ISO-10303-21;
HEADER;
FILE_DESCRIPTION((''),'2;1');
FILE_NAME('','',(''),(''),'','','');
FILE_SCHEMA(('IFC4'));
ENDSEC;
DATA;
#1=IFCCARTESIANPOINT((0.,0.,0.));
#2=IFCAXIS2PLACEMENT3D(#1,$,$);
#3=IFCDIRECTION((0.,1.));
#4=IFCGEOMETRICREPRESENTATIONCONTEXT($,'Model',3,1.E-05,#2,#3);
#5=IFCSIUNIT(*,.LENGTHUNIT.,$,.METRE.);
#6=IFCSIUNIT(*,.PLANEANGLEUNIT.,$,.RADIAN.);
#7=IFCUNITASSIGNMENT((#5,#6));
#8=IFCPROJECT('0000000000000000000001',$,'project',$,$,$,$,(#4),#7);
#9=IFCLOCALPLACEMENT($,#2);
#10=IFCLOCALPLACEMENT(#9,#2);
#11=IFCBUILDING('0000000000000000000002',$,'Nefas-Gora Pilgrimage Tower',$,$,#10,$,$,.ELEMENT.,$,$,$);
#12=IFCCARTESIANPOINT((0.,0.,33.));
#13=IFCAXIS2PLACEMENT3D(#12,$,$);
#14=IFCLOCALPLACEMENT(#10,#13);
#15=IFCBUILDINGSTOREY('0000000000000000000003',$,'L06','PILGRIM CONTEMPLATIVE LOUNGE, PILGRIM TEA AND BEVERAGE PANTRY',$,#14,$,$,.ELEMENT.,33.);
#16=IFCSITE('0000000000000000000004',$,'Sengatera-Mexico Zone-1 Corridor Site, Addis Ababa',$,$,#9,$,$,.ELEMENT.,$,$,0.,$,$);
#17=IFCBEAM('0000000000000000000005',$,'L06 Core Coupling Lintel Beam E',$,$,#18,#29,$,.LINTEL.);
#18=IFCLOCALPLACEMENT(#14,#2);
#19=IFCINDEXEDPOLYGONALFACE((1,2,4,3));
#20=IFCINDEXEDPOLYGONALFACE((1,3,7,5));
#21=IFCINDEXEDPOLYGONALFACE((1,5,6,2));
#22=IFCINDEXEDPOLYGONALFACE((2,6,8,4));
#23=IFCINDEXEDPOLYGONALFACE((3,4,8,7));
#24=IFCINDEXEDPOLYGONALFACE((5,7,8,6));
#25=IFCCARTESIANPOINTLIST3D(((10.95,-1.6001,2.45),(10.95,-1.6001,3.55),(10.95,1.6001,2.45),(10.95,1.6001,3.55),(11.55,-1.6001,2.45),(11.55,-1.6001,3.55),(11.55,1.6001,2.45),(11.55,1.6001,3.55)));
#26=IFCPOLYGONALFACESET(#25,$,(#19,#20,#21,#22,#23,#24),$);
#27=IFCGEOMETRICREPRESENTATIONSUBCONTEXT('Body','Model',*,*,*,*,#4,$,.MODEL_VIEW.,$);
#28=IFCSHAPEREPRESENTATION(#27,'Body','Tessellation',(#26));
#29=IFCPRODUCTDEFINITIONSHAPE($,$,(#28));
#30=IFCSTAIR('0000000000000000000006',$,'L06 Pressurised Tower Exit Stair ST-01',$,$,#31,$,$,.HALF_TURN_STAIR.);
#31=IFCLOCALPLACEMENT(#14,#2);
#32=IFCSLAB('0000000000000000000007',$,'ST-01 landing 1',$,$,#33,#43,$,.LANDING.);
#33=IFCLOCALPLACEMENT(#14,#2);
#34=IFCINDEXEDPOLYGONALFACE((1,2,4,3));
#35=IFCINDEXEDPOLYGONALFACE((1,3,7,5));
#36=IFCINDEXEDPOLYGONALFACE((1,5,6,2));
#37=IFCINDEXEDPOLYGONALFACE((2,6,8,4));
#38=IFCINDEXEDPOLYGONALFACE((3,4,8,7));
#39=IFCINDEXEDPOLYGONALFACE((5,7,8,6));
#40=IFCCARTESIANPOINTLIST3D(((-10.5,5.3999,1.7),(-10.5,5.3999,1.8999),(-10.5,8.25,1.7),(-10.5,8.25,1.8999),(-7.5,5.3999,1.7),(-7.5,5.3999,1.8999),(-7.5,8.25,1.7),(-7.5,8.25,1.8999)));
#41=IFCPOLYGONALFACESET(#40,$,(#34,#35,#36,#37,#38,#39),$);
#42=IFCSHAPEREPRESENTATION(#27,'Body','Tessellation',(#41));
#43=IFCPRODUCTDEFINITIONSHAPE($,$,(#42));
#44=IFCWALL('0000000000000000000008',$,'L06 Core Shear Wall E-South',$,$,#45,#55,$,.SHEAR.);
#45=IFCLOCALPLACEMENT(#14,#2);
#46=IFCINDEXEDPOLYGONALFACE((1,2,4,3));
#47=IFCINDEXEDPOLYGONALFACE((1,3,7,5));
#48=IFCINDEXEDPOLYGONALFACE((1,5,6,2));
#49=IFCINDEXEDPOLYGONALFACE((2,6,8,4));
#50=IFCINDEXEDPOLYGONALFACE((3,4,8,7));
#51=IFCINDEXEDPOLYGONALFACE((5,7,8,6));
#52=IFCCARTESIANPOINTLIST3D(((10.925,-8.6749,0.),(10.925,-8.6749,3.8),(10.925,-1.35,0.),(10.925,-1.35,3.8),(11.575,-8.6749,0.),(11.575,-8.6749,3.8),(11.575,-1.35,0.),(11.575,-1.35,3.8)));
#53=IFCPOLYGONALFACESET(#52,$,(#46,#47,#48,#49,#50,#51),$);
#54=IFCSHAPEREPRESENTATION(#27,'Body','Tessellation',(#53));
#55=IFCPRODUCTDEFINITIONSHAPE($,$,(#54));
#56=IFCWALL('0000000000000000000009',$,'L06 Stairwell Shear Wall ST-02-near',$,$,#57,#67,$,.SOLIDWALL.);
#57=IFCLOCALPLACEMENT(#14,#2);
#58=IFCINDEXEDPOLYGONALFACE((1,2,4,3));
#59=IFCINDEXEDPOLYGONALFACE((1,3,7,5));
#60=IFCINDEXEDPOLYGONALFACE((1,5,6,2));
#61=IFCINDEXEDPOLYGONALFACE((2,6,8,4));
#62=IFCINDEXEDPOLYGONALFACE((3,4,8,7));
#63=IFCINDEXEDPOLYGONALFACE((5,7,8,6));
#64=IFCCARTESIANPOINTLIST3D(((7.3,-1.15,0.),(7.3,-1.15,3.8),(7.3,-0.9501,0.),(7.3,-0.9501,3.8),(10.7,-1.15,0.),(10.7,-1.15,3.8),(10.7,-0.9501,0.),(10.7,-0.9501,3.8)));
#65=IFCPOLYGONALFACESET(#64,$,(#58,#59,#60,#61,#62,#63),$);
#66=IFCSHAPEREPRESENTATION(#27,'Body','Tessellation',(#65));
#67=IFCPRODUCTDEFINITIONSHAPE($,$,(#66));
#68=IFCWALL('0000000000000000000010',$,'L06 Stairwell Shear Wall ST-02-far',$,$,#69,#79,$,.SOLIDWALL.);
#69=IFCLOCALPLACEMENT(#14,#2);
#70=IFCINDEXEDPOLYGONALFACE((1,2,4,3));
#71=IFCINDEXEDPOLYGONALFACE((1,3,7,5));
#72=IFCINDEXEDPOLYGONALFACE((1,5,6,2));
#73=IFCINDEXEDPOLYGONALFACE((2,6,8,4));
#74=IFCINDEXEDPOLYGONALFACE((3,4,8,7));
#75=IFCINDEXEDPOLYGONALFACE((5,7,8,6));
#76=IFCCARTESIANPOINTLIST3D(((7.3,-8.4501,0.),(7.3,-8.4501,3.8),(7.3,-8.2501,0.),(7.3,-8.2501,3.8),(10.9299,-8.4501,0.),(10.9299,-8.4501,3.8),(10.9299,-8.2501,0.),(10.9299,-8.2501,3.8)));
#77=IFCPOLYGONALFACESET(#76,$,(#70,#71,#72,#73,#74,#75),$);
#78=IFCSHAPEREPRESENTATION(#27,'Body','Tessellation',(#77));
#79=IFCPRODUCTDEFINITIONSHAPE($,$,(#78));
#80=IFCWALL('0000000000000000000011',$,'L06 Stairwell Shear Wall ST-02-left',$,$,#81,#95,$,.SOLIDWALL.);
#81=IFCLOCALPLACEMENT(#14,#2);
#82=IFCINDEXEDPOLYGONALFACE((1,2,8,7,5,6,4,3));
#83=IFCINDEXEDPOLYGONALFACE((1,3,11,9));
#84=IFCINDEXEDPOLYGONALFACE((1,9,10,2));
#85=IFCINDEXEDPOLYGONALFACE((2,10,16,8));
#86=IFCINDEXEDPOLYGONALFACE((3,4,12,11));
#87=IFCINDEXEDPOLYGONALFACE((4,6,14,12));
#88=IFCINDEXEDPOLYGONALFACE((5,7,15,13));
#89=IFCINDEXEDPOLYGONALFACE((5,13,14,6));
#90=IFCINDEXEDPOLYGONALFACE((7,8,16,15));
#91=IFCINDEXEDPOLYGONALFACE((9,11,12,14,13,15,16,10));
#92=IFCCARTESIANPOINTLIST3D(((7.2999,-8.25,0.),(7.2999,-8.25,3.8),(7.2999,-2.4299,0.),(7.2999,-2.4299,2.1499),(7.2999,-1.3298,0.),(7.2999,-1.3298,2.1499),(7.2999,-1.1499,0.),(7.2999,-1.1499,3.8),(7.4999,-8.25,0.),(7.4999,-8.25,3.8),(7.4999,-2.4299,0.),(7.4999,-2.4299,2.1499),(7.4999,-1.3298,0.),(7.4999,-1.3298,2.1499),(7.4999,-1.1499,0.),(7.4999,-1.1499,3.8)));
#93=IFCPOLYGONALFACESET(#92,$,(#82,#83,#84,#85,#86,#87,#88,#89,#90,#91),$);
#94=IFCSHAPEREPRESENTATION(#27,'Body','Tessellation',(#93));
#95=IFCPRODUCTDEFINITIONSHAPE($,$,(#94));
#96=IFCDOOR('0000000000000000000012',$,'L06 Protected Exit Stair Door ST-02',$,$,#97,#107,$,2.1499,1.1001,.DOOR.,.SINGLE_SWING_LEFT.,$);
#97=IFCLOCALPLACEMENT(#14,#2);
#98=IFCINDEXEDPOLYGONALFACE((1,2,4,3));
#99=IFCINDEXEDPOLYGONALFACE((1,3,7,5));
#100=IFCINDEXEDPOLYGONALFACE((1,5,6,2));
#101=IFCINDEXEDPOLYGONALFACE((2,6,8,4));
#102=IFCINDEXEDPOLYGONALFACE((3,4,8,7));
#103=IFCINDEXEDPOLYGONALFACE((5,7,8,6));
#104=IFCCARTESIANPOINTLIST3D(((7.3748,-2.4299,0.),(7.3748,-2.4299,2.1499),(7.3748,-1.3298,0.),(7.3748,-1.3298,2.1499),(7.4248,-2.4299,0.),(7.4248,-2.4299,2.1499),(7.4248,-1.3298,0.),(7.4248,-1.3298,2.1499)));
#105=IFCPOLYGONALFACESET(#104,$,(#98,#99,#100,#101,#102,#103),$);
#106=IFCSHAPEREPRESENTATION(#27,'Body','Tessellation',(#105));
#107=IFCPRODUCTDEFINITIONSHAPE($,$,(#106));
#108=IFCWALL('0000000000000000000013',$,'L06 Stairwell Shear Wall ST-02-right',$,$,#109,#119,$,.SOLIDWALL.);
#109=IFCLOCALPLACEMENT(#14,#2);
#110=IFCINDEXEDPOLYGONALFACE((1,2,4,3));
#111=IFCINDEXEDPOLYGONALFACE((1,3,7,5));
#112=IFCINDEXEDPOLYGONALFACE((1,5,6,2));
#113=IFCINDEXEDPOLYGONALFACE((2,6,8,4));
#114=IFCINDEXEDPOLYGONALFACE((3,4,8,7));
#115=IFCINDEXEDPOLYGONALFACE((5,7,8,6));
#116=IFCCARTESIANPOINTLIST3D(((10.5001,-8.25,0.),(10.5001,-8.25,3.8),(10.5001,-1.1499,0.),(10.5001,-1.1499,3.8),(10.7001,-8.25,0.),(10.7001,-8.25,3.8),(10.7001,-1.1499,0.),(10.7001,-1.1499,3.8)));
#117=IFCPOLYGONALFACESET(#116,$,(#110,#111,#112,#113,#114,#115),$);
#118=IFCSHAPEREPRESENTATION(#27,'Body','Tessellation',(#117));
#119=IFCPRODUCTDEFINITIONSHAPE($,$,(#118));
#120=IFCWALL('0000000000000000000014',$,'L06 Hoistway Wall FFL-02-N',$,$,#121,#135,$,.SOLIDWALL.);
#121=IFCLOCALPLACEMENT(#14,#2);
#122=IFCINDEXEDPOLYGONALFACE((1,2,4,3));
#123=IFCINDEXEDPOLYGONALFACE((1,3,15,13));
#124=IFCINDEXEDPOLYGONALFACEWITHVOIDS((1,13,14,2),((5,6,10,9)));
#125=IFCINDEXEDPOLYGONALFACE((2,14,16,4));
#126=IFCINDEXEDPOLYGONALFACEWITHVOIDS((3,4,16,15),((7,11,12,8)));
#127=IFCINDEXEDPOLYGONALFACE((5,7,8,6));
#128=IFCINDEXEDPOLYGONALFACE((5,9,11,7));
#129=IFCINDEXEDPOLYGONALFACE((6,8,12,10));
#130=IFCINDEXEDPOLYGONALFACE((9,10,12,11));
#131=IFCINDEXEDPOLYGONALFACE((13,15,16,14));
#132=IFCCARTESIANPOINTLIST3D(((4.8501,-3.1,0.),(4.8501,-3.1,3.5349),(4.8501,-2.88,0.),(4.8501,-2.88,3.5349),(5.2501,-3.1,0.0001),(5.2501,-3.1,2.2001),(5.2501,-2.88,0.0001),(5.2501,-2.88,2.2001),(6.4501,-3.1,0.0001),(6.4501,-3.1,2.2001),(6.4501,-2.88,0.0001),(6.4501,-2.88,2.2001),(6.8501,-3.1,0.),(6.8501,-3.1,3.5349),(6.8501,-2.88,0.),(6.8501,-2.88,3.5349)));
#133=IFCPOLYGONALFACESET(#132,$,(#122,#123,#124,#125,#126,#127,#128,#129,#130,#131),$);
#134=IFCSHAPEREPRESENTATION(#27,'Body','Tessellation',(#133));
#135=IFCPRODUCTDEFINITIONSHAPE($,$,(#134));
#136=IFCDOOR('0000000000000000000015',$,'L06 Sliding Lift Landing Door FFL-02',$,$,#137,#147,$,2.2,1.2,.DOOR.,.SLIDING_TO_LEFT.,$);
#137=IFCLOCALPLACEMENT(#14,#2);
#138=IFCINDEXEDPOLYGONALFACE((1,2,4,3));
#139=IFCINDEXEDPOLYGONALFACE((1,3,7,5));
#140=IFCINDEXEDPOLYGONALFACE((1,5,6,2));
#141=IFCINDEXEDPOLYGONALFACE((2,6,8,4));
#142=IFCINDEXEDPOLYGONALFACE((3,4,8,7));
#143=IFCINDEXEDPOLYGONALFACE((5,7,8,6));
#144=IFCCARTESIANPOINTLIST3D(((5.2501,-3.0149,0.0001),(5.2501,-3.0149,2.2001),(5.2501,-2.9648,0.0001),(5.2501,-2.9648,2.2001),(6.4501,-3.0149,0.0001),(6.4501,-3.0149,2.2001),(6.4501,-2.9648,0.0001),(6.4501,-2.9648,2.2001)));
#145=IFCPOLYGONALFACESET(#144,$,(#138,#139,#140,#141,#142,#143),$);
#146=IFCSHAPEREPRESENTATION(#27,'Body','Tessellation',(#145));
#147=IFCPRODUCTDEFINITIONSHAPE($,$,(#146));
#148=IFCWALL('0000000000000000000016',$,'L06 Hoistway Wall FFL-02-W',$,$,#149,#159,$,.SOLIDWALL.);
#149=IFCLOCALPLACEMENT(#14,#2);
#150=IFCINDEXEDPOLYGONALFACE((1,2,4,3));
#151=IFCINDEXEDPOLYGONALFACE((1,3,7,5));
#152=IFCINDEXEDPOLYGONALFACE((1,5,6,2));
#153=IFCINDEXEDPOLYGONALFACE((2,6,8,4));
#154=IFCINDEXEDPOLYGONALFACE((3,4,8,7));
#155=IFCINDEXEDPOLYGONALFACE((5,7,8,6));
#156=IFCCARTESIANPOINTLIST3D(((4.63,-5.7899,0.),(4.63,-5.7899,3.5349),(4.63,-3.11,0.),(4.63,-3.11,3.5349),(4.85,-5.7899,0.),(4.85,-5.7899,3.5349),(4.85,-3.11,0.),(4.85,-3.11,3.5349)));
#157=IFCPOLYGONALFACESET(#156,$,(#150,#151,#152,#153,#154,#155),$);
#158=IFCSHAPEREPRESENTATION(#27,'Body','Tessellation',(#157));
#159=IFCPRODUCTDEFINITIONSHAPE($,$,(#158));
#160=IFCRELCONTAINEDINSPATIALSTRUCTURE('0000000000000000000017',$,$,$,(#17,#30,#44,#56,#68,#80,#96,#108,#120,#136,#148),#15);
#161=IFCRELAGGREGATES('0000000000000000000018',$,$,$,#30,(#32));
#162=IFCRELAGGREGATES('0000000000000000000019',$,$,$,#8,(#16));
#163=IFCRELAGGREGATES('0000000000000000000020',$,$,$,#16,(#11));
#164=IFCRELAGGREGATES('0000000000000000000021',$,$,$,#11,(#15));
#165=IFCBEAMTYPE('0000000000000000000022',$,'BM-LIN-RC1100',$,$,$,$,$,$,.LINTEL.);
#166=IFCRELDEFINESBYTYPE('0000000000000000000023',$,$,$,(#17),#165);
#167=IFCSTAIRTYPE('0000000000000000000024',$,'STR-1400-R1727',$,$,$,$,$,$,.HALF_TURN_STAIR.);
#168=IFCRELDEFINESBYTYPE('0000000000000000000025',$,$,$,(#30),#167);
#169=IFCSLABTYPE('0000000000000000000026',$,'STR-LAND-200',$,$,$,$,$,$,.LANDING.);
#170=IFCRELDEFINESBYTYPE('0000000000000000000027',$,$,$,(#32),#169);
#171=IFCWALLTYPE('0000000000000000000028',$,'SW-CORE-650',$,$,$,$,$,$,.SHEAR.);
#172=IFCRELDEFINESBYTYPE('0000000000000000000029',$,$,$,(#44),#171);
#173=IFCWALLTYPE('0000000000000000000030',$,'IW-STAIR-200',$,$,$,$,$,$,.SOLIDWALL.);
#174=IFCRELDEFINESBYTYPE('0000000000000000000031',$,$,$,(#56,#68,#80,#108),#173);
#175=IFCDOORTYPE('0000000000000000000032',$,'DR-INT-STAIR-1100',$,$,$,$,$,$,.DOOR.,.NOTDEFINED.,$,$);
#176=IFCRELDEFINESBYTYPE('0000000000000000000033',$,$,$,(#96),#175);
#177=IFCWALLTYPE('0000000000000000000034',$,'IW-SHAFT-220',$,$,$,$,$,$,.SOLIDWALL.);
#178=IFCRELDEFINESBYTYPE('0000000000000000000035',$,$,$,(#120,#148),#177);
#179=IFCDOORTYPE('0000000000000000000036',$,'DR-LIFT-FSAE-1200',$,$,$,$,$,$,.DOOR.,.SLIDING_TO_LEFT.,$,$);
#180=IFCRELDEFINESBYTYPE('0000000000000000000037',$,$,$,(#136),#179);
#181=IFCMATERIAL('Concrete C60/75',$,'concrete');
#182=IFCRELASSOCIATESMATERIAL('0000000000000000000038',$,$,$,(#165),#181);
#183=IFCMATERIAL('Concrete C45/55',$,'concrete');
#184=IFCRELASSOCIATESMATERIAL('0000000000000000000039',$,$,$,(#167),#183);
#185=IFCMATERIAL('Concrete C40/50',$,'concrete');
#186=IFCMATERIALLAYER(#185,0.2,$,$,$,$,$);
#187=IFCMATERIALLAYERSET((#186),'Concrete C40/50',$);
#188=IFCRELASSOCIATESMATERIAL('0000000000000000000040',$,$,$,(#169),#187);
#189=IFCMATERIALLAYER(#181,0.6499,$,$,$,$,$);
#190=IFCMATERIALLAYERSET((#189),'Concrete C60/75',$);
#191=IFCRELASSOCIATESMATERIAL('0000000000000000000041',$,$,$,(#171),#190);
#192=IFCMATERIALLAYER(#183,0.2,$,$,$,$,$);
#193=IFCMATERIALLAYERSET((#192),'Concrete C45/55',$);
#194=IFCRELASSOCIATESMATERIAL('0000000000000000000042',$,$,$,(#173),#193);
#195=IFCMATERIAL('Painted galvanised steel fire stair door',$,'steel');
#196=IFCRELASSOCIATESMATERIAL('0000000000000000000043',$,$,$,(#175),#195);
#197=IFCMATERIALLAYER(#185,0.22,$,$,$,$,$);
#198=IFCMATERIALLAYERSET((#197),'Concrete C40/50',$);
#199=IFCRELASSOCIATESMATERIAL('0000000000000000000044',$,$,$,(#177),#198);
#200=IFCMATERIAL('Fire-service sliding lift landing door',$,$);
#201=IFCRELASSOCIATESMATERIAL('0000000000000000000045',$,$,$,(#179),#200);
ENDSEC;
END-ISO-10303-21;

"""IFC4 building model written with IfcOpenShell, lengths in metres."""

from ifc_helpers import new_model, si_unit, direction, frame, frame_2d, origin, origin_2d, place, context, subcontext, project, spatial, polyline, rectangle, outline, extrude, source, transform, mapped, material, layer, layer_set, material_profile, profile_set, type_object, element, fill, aggregate, save


model = new_model("IFC4")

# Units and contexts
model_context = context("Model", 3, precision=1e-05, world=origin(), true_north=direction((0.0, 1.0)))
body_context = subcontext(model_context, "Body", "Model", "MODEL_VIEW")
ifc_project = project(units=[si_unit("LENGTHUNIT", "METRE"), si_unit("PLANEANGLEUNIT", "RADIAN")], contexts=[model_context])

# Site, building, storey
site_placement = place(None, origin())
site = spatial("IfcSite", under=ifc_project, at=site_placement, Name="Sengatera-Mexico Zone-1 Corridor Site, Addis Ababa", CompositionType="ELEMENT", RefElevation=0.0)
building_placement = place(site_placement, origin())
building = spatial("IfcBuilding", under=site, at=building_placement, Name="Nefas-Gora Pilgrimage Tower", CompositionType="ELEMENT")
storey_placement = place(building_placement, frame((0.0, 0.0, 33.0)))
storey = spatial("IfcBuildingStorey", under=building, at=storey_placement, Name="L06", Description="PILGRIM CONTEMPLATIVE LOUNGE, PILGRIM TEA AND BEVERAGE PANTRY", CompositionType="ELEMENT", Elevation=33.0)

# Beam
ifc_material_1 = material(Name="Concrete C60/75", Category="concrete")
ifc_material_profile = material_profile(ifc_material_1, rectangle(XDim=0.6001, YDim=1.1001, at=origin_2d()), Name="RC 600x1100")
ifc_profile_set = profile_set([ifc_material_profile], Name="Concrete C60/75")
beam_type = type_object("IfcBeamType", Name="BM-LIN-RC1100", PredefinedType="LINTEL", material=ifc_profile_set)
shared_shape_1 = source(origin(), body_context, "Body", "SweptSolid", [
    extrude(rectangle(XDim=0.6001, YDim=1.1001, at=origin_2d()), origin(), (0.0, 0.0, 1.0), 3.2002),
])
beam_placement = place(storey_placement, frame((11.25, -1.6001, 3.0), z_axis=(0.0, 1.0, 0.0), x_axis=(-1.0, 0.0, 0.0)))
element("IfcBeam", 1, at=beam_placement, inside=storey, type_object=beam_type, Name="L06 Core Coupling Lintel Beam E", PredefinedType="LINTEL", context=body_context, shape_type="MappedRepresentation", body=[
    mapped(shared_shape_1, transform((0.0, 0.0, 0.0), x_axis=(1.0, 0.0, 0.0), y_axis=(0.0, 1.0, 0.0), z_axis=(0.0, 0.0, 1.0), scale=1.0)),
])

# Stair, slab
ifc_material_2 = material(Name="Concrete C45/55", Category="concrete")
stair_type = type_object("IfcStairType", Name="STR-1400-R1727", PredefinedType="HALF_TURN_STAIR", material=ifc_material_2)
stair_1_placement = place(storey_placement, origin())
stair_1 = element("IfcStair", 2, at=stair_1_placement, inside=storey, type_object=stair_type, Name="L06 Pressurised Tower Exit Stair ST-01", PredefinedType="HALF_TURN_STAIR")
ifc_material_3 = material(Name="Concrete C40/50", Category="concrete")
ifc_layer_1 = layer(ifc_material_3, 0.2)
ifc_layer_set_1 = layer_set([ifc_layer_1], Name="Concrete C40/50")
slab_type = type_object("IfcSlabType", Name="STR-LAND-200", PredefinedType="LANDING", material=ifc_layer_set_1)
slab_placement = place(storey_placement, frame((0.0, 0.0, 1.7)))
slab = element("IfcSlab", 3, at=slab_placement, type_object=slab_type, Name="ST-01 landing 1", PredefinedType="LANDING", context=body_context, shape_type="SweptSolid", body=[
    extrude(outline(polyline([(-7.5, 5.3999), (-7.5, 8.25), (-10.5, 8.25), (-10.5, 5.3999), (-7.5, 5.3999)])), origin(), (0.0, 0.0, 1.0), 0.2),
])
aggregate(stair_1, [slab])

# Walls
ifc_layer_2 = layer(ifc_material_1, 0.6499)
ifc_layer_set_2 = layer_set([ifc_layer_2], Name="Concrete C60/75")
wall_type_1 = type_object("IfcWallType", Name="SW-CORE-650", PredefinedType="SHEAR", material=ifc_layer_set_2)
shared_shape_2 = source(origin(), body_context, "Body", "SweptSolid", [
    extrude(rectangle(XDim=7.325, YDim=0.6499, at=frame_2d((3.6626, 0.0))), origin(), (0.0, 0.0, 1.0), 3.8),
])
wall_1_placement = place(storey_placement, frame((11.25, -8.675, 0.0), z_axis=(0.0, 0.0, 1.0), x_axis=(0.0, 1.0, 0.0)))
element("IfcWall", 4, at=wall_1_placement, inside=storey, type_object=wall_type_1, Name="L06 Core Shear Wall E-South", PredefinedType="SHEAR", context=body_context, shape_type="MappedRepresentation", body=[
    mapped(shared_shape_2, transform((0.0, 0.0, 0.0), x_axis=(1.0, 0.0, 0.0), y_axis=(0.0, 1.0, 0.0), z_axis=(0.0, 0.0, 1.0), scale=1.0)),
])
ifc_layer_3 = layer(ifc_material_2, 0.2)
ifc_layer_set_3 = layer_set([ifc_layer_3], Name="Concrete C45/55")
wall_type_2 = type_object("IfcWallType", Name="IW-STAIR-200", PredefinedType="SOLIDWALL", material=ifc_layer_set_3)
shared_shape_3 = source(origin(), body_context, "Body", "SweptSolid", [
    extrude(rectangle(XDim=3.3999, YDim=0.2, at=frame_2d((1.7, 0.0))), origin(), (0.0, 0.0, 1.0), 3.8),
])
wall_2_placement = place(storey_placement, frame((7.3, -1.05, 0.0), z_axis=(0.0, 0.0, 1.0), x_axis=(1.0, 0.0, 0.0)))
element("IfcWall", 5, at=wall_2_placement, inside=storey, type_object=wall_type_2, Name="L06 Stairwell Shear Wall ST-02-near", PredefinedType="SOLIDWALL", context=body_context, shape_type="MappedRepresentation", body=[
    mapped(shared_shape_3, transform((0.0, 0.0, 0.0), x_axis=(1.0, 0.0, 0.0), y_axis=(0.0, 1.0, 0.0), z_axis=(0.0, 0.0, 1.0), scale=1.0)),
])
shared_shape_4 = source(origin(), body_context, "Body", "SweptSolid", [
    extrude(rectangle(XDim=3.6299, YDim=0.2, at=frame_2d((1.8149, 0.0))), origin(), (0.0, 0.0, 1.0), 3.8),
])
wall_3_placement = place(storey_placement, frame((7.3, -8.3501, 0.0), z_axis=(0.0, 0.0, 1.0), x_axis=(1.0, 0.0, 0.0)))
element("IfcWall", 6, at=wall_3_placement, inside=storey, type_object=wall_type_2, Name="L06 Stairwell Shear Wall ST-02-far", PredefinedType="SOLIDWALL", context=body_context, shape_type="MappedRepresentation", body=[
    mapped(shared_shape_4, transform((0.0, 0.0, 0.0), x_axis=(1.0, 0.0, 0.0), y_axis=(0.0, 1.0, 0.0), z_axis=(0.0, 0.0, 1.0), scale=1.0)),
])

# Wall, opening, door
shared_shape_5 = source(origin(), body_context, "Body", "SweptSolid", [
    extrude(rectangle(XDim=7.1001, YDim=0.2, at=frame_2d((3.55, 0.0))), origin(), (0.0, 0.0, 1.0), 3.8),
])
wall_4_placement = place(storey_placement, frame((7.3999, -1.1499, 0.0), z_axis=(0.0, 0.0, 1.0), x_axis=(0.0, -1.0, 0.0)))
wall_4 = element("IfcWall", 7, at=wall_4_placement, inside=storey, type_object=wall_type_2, Name="L06 Stairwell Shear Wall ST-02-left", PredefinedType="SOLIDWALL", context=body_context, shape_type="MappedRepresentation", body=[
    mapped(shared_shape_5, transform((0.0, 0.0, 0.0), x_axis=(1.0, 0.0, 0.0), y_axis=(0.0, 1.0, 0.0), z_axis=(0.0, 0.0, 1.0), scale=1.0)),
])
opening_1_placement = place(wall_4_placement, frame((0.1799, 0.0, 0.0)))
opening_1 = element("IfcOpeningElement", 8, at=opening_1_placement, cuts=wall_4, PredefinedType="OPENING", context=body_context, shape_type="SweptSolid", body=[
    extrude(rectangle(XDim=1.1001, YDim=2.1499, at=frame_2d((0.55, 1.075))), frame((0.0, 0.1099, 0.0), z_axis=(0.0, -1.0, 0.0), x_axis=(1.0, 0.0, 0.0)), (0.0, 0.0, 1.0), 0.22),
])
ifc_material_4 = material(Name="Painted galvanised steel fire stair door", Category="steel")
door_type_1 = type_object("IfcDoorType", Name="DR-INT-STAIR-1100", OperationType="NOTDEFINED", PredefinedType="DOOR", material=ifc_material_4)
shared_shape_6 = source(origin(), body_context, "Body", "SweptSolid", [
    extrude(rectangle(XDim=1.1001, YDim=2.1499, at=frame_2d((0.55, 1.075))), frame((0.0, 0.0249, 0.0), z_axis=(0.0, -1.0, 0.0), x_axis=(1.0, 0.0, 0.0)), (0.0, 0.0, 1.0), 0.05),
])
door_1_placement = place(opening_1_placement, origin())
door_1 = element("IfcDoor", 9, at=door_1_placement, inside=storey, type_object=door_type_1, Name="L06 Protected Exit Stair Door ST-02", OperationType="SINGLE_SWING_LEFT", OverallHeight=2.1499, OverallWidth=1.1001, PredefinedType="DOOR", context=body_context, shape_type="MappedRepresentation", body=[
    mapped(shared_shape_6, transform((0.0, 0.0, 0.0), x_axis=(1.0, 0.0, 0.0), y_axis=(0.0, 1.0, 0.0), z_axis=(0.0, 0.0, 1.0), scale=1.0)),
])
fill(opening_1, door_1)

# Wall
wall_5_placement = place(storey_placement, frame((10.6001, -1.1499, 0.0), z_axis=(0.0, 0.0, 1.0), x_axis=(0.0, -1.0, 0.0)))
element("IfcWall", 10, at=wall_5_placement, inside=storey, type_object=wall_type_2, Name="L06 Stairwell Shear Wall ST-02-right", PredefinedType="SOLIDWALL", context=body_context, shape_type="MappedRepresentation", body=[
    mapped(shared_shape_5, transform((0.0, 0.0, 0.0), x_axis=(1.0, 0.0, 0.0), y_axis=(0.0, 1.0, 0.0), z_axis=(0.0, 0.0, 1.0), scale=1.0)),
])

# Wall, opening, door
ifc_layer_4 = layer(ifc_material_3, 0.22)
ifc_layer_set_4 = layer_set([ifc_layer_4], Name="Concrete C40/50")
wall_type_3 = type_object("IfcWallType", Name="IW-SHAFT-220", PredefinedType="SOLIDWALL", material=ifc_layer_set_4)
shared_shape_7 = source(origin(), body_context, "Body", "SweptSolid", [
    extrude(rectangle(XDim=2.0, YDim=0.22, at=frame_2d((1.0, 0.0))), origin(), (0.0, 0.0, 1.0), 3.5349),
])
wall_6_placement = place(storey_placement, frame((6.8501, -2.99, 0.0), z_axis=(0.0, 0.0, 1.0), x_axis=(-1.0, 0.0, 0.0)))
wall_6 = element("IfcWall", 11, at=wall_6_placement, inside=storey, type_object=wall_type_3, Name="L06 Hoistway Wall FFL-02-N", PredefinedType="SOLIDWALL", context=body_context, shape_type="MappedRepresentation", body=[
    mapped(shared_shape_7, transform((0.0, 0.0, 0.0), x_axis=(1.0, 0.0, 0.0), y_axis=(0.0, 1.0, 0.0), z_axis=(0.0, 0.0, 1.0), scale=1.0)),
])
opening_2_placement = place(wall_6_placement, frame((0.3999, 0.0, 0.0)))
opening_2 = element("IfcOpeningElement", 12, at=opening_2_placement, cuts=wall_6, PredefinedType="OPENING", context=body_context, shape_type="SweptSolid", body=[
    extrude(rectangle(XDim=1.2, YDim=2.2, at=frame_2d((0.6001, 1.1001))), frame((0.0, 0.1199, 0.0), z_axis=(0.0, -1.0, 0.0), x_axis=(1.0, 0.0, 0.0)), (0.0, 0.0, 1.0), 0.24),
])
ifc_material_5 = material(Name="Fire-service sliding lift landing door")
door_type_2 = type_object("IfcDoorType", Name="DR-LIFT-FSAE-1200", OperationType="SLIDING_TO_LEFT", PredefinedType="DOOR", material=ifc_material_5)
shared_shape_8 = source(origin(), body_context, "Body", "SweptSolid", [
    extrude(rectangle(XDim=1.2, YDim=2.2, at=frame_2d((0.6001, 1.1001))), frame((0.0, 0.0249, 0.0), z_axis=(0.0, -1.0, 0.0), x_axis=(1.0, 0.0, 0.0)), (0.0, 0.0, 1.0), 0.05),
])
door_2_placement = place(opening_2_placement, origin())
door_2 = element("IfcDoor", 13, at=door_2_placement, inside=storey, type_object=door_type_2, Name="L06 Sliding Lift Landing Door FFL-02", OperationType="SLIDING_TO_LEFT", OverallHeight=2.2, OverallWidth=1.2, PredefinedType="DOOR", context=body_context, shape_type="MappedRepresentation", body=[
    mapped(shared_shape_8, transform((0.0, 0.0, 0.0), x_axis=(1.0, 0.0, 0.0), y_axis=(0.0, 1.0, 0.0), z_axis=(0.0, 0.0, 1.0), scale=1.0)),
])
fill(opening_2, door_2)

# Wall
shared_shape_9 = source(origin(), body_context, "Body", "SweptSolid", [
    extrude(rectangle(XDim=2.6799, YDim=0.22, at=frame_2d((1.3398, 0.0))), origin(), (0.0, 0.0, 1.0), 3.5349),
])
wall_7_placement = place(storey_placement, frame((4.74, -3.1101, 0.0), z_axis=(0.0, 0.0, 1.0), x_axis=(0.0, -1.0, 0.0)))
element("IfcWall", 14, at=wall_7_placement, inside=storey, type_object=wall_type_3, Name="L06 Hoistway Wall FFL-02-W", PredefinedType="SOLIDWALL", context=body_context, shape_type="MappedRepresentation", body=[
    mapped(shared_shape_9, transform((0.0, 0.0, 0.0), x_axis=(1.0, 0.0, 0.0), y_axis=(0.0, 1.0, 0.0), z_axis=(0.0, 0.0, 1.0), scale=1.0)),
])

save(model, "model.ifc")
